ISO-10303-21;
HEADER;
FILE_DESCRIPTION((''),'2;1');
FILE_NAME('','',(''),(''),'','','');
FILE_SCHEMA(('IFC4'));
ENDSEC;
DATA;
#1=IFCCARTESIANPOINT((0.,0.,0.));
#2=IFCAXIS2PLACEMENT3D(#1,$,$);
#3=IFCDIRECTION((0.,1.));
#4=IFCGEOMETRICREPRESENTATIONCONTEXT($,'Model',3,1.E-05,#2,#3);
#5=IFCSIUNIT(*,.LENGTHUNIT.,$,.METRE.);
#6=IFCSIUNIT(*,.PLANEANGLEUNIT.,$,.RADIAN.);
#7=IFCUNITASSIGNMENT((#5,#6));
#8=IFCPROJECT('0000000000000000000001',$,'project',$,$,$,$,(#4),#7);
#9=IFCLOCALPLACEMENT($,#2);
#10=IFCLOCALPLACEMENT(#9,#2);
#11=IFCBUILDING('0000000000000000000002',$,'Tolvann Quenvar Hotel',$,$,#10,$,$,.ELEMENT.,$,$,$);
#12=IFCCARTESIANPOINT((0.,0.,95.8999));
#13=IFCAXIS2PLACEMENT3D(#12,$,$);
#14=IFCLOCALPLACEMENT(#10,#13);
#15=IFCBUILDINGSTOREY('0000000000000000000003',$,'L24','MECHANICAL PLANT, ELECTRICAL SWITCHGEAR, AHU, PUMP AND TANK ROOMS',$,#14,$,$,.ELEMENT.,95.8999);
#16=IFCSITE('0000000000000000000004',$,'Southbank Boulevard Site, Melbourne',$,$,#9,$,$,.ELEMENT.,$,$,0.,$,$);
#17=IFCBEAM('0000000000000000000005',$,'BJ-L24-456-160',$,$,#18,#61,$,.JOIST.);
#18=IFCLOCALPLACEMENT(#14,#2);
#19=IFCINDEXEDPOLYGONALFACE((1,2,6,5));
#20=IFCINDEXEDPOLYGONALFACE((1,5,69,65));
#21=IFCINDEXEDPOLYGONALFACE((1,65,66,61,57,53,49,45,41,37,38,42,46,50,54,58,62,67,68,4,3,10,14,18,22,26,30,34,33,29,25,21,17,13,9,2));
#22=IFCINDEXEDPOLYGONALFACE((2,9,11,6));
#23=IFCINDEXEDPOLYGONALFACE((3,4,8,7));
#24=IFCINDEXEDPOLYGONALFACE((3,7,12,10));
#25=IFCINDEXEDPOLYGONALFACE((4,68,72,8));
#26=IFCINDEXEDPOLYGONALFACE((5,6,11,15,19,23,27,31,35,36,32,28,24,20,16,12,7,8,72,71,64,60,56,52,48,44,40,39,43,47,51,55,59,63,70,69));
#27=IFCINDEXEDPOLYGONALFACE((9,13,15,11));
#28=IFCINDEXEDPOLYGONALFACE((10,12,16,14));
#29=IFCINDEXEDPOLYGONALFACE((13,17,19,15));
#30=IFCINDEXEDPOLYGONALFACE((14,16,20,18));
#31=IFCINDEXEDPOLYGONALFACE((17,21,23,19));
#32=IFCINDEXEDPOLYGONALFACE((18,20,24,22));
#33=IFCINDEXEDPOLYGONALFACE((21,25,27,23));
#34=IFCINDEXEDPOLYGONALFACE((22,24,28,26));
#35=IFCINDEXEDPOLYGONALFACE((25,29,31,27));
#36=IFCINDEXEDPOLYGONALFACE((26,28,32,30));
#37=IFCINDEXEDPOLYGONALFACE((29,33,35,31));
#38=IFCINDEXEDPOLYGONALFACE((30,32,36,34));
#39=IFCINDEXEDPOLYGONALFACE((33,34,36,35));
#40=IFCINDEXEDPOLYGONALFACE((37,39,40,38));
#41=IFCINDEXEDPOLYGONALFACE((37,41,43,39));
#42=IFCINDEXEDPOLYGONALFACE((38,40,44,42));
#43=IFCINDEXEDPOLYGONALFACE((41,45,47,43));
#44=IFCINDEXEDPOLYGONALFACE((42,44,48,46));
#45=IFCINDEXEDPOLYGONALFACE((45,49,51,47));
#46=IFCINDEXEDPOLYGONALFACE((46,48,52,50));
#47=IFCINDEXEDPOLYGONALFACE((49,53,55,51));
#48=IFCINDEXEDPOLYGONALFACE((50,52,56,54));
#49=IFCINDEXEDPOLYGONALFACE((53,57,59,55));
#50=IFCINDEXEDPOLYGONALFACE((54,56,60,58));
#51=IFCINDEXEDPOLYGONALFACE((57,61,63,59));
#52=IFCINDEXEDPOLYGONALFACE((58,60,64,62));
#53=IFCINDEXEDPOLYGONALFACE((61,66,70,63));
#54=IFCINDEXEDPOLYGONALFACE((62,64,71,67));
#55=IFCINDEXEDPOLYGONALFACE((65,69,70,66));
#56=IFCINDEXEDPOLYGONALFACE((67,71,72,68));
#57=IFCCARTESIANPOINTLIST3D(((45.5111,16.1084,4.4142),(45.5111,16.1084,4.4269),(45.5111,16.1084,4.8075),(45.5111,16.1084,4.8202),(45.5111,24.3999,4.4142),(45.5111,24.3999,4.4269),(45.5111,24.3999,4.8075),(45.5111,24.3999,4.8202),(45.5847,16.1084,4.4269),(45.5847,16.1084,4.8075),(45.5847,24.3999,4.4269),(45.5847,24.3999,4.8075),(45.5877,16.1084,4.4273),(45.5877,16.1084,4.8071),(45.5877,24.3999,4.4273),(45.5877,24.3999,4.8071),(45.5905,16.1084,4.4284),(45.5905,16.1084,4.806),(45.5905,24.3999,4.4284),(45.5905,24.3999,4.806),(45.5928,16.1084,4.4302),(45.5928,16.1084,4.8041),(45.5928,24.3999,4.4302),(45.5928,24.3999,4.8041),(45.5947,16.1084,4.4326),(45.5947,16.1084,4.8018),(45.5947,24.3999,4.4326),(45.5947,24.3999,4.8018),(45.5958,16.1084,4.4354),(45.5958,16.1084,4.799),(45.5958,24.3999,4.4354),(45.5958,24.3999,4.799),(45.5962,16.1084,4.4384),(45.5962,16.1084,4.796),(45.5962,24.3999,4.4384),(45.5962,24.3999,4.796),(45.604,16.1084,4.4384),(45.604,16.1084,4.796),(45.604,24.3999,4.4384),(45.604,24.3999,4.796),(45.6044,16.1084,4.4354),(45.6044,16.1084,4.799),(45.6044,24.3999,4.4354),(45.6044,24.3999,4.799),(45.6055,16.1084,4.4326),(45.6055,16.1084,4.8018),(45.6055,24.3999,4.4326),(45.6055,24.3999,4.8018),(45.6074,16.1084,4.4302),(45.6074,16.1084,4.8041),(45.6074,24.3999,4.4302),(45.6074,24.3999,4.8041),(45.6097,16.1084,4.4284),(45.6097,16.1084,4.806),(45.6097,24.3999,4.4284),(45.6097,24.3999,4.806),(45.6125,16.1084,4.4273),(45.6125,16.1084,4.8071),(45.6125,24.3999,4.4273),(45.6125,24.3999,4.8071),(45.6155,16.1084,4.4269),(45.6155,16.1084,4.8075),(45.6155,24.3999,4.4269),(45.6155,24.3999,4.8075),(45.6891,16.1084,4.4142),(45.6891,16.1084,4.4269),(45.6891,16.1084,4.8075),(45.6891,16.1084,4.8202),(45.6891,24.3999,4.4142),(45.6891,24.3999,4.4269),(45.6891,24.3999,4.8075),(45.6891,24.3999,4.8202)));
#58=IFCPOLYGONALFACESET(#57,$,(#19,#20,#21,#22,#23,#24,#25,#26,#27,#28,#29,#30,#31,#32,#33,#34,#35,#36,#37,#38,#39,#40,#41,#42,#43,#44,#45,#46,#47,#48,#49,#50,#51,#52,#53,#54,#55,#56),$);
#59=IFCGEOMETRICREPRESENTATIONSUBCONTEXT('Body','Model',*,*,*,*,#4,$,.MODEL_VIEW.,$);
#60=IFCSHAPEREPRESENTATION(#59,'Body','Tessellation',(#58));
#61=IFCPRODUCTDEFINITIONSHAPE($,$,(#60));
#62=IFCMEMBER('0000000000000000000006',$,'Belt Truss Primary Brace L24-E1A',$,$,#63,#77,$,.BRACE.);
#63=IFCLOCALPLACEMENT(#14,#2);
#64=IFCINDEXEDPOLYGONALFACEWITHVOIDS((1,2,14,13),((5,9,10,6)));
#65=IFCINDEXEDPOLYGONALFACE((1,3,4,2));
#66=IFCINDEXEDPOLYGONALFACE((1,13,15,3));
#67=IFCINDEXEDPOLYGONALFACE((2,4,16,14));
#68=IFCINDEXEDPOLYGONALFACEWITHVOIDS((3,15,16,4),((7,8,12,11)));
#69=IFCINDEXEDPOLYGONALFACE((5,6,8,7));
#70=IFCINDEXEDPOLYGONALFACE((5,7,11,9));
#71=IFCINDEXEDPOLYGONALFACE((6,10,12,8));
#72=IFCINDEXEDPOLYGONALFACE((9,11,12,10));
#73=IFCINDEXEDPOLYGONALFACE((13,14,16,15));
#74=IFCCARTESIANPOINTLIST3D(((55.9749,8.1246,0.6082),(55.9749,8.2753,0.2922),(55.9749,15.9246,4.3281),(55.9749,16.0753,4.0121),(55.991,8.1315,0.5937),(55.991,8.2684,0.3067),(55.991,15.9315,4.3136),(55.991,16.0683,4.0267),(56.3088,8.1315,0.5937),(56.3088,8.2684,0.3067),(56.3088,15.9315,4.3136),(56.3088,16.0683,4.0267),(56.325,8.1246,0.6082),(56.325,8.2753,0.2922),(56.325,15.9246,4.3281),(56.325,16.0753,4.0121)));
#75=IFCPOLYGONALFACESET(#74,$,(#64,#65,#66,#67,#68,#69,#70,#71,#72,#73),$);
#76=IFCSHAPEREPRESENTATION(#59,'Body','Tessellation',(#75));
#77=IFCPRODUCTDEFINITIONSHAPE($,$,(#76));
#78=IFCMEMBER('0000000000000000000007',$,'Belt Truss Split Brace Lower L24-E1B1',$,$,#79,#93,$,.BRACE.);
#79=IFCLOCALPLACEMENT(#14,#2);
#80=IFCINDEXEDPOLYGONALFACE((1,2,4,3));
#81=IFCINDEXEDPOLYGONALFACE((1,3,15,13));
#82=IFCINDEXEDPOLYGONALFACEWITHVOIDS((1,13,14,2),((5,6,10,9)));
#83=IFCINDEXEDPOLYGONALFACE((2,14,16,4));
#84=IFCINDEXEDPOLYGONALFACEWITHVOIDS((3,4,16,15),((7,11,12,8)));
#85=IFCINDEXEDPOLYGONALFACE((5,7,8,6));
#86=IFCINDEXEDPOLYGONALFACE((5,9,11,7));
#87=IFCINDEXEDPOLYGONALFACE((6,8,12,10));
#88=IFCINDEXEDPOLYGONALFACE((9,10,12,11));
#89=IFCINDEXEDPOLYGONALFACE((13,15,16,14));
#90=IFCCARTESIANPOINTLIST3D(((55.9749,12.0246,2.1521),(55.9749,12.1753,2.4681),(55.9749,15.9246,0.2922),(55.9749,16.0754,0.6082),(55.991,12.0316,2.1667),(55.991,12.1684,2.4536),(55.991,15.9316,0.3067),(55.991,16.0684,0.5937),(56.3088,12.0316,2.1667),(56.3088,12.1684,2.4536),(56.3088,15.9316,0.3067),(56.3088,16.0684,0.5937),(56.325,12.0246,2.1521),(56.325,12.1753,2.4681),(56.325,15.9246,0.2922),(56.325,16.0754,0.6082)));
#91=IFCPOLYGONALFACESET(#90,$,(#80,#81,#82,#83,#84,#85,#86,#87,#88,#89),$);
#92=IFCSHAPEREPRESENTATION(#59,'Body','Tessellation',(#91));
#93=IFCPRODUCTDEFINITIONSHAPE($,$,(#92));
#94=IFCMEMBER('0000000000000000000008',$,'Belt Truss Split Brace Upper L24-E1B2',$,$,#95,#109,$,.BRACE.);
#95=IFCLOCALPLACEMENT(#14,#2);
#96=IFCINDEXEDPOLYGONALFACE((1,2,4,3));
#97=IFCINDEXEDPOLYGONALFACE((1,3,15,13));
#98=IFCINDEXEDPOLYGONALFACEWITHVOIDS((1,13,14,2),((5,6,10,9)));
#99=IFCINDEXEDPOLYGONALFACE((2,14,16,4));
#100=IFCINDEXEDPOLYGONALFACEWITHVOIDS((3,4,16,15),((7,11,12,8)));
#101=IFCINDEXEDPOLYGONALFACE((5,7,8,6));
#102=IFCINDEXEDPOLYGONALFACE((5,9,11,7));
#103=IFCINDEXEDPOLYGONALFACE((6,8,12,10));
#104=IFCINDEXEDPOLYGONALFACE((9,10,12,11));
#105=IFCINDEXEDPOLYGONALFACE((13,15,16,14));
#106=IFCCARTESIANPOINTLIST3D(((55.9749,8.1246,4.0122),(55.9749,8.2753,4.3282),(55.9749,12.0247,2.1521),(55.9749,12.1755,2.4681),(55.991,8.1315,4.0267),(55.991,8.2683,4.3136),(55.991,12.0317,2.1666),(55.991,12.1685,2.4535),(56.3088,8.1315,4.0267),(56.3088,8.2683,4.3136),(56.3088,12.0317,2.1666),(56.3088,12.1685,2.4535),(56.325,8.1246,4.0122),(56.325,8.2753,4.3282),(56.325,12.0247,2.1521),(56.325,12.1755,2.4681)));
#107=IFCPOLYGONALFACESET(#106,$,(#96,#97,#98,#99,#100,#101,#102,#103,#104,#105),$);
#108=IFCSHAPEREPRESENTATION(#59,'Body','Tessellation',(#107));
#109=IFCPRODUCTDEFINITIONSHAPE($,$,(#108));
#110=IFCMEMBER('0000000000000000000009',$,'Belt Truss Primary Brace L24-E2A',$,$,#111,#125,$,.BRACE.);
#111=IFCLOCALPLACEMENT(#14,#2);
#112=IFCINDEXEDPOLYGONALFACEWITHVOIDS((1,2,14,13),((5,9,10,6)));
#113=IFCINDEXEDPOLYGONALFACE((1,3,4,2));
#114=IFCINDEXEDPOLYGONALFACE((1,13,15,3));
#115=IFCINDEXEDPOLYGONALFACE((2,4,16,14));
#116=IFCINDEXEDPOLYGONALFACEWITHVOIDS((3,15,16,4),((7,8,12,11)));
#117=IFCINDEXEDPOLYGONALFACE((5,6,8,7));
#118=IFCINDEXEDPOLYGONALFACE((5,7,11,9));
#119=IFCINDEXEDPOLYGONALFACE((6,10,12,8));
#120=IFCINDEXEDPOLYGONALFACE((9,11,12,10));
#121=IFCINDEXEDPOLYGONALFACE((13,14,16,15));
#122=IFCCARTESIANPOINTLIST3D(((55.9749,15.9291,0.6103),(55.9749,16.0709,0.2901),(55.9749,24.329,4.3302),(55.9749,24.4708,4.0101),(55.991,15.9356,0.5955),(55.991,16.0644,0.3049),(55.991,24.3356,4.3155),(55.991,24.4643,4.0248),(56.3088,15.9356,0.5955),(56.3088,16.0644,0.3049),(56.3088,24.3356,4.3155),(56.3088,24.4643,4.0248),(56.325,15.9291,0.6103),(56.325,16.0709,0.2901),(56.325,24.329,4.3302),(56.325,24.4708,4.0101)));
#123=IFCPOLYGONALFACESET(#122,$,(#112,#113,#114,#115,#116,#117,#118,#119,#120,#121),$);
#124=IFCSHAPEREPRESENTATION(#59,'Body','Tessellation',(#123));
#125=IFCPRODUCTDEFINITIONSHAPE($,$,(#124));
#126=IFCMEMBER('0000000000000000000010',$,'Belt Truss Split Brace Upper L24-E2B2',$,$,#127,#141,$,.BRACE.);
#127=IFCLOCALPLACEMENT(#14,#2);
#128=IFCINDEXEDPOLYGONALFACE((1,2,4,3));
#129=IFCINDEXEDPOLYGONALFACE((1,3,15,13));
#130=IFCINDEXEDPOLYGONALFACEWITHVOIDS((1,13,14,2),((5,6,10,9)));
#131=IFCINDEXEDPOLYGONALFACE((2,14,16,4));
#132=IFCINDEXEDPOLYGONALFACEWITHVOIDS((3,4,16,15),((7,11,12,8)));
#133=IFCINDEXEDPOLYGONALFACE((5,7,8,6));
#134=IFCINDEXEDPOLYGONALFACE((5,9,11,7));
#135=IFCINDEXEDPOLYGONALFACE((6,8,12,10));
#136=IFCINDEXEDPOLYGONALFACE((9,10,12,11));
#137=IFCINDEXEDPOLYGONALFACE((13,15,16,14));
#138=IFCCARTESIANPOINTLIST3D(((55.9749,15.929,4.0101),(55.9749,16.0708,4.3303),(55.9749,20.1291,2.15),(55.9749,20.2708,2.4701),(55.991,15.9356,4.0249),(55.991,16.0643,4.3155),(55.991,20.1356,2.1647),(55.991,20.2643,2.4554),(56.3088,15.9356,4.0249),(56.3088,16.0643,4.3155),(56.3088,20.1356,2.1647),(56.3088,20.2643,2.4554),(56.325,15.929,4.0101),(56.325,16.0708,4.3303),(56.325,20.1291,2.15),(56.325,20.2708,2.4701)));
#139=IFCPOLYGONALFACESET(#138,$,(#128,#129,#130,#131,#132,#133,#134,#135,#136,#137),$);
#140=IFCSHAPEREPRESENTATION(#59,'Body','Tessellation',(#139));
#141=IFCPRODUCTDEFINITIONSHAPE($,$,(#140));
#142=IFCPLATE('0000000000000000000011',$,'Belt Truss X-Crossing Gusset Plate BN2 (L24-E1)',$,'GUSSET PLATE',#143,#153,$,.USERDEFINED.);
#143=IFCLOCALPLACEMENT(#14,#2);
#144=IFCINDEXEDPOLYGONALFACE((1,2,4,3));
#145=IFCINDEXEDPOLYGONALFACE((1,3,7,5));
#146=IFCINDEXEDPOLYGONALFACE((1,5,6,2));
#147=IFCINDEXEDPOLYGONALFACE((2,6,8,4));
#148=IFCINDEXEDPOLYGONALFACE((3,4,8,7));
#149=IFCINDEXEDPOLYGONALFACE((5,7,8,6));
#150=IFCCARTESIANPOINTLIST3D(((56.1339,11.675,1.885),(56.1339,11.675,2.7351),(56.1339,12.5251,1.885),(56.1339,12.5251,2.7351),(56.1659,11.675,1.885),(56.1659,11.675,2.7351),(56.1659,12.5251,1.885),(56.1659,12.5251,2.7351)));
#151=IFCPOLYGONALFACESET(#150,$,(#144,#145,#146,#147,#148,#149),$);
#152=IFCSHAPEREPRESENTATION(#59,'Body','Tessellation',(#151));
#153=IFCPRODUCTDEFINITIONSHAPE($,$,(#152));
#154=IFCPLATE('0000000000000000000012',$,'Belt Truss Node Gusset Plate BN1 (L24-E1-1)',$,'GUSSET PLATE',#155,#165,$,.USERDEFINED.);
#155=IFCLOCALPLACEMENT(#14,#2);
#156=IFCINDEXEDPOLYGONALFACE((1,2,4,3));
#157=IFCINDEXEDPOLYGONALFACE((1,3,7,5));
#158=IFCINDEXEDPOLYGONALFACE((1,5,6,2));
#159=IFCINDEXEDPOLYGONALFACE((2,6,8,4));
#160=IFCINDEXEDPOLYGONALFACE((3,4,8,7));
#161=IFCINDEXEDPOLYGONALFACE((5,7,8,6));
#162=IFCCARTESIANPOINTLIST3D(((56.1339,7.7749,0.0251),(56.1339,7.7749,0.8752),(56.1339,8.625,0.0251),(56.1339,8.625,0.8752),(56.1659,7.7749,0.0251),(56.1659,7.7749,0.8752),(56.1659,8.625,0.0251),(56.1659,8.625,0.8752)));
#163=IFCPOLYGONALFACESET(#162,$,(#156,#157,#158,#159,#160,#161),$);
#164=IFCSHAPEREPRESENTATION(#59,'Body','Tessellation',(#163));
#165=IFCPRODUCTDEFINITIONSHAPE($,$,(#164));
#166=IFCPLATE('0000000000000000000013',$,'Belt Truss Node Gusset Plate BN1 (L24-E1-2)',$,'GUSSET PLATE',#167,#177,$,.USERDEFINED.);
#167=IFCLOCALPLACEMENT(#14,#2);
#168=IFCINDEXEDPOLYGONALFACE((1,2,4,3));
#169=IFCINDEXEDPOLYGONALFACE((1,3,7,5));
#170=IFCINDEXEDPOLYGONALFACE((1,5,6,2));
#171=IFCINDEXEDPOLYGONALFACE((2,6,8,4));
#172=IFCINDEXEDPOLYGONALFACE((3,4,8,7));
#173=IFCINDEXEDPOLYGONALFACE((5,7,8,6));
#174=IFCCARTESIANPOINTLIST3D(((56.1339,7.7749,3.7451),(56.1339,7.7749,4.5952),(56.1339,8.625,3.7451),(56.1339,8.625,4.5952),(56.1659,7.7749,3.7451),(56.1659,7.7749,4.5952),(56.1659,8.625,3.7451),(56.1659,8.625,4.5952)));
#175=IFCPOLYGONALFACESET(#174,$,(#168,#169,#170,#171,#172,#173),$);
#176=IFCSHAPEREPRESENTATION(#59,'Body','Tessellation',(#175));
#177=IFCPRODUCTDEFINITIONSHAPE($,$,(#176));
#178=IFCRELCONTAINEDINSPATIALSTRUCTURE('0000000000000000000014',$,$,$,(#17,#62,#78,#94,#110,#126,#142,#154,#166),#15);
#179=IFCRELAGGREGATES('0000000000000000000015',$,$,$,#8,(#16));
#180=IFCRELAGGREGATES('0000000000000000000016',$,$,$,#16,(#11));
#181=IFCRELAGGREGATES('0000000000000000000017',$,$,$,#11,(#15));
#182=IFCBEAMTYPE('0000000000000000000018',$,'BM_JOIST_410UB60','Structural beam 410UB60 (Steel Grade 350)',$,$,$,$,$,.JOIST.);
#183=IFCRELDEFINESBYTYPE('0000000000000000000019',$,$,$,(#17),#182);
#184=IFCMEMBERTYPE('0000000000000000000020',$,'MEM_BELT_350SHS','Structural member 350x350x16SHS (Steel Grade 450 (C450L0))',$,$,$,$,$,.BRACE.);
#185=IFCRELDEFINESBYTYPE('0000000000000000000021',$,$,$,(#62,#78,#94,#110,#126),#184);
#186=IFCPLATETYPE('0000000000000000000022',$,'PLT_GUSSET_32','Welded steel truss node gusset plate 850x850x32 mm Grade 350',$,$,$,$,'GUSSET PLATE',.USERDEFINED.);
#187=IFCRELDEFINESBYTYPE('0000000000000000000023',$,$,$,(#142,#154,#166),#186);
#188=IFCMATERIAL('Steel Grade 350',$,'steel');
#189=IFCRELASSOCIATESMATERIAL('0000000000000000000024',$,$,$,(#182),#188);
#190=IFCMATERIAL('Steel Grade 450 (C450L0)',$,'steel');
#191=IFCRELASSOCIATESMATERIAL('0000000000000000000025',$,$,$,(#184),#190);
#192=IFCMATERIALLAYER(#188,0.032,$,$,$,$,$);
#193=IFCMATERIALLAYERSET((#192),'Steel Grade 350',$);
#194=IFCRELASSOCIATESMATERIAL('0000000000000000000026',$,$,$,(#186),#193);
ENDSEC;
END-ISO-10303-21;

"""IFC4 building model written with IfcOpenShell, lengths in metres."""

from ifc_helpers import new_model, si_unit, direction, frame, origin, origin_2d, place, context, subcontext, project, spatial, rectangle, hollow_rectangle, i_section, extrude, source, transform, mapped, material, layer, layer_set, material_profile, profile_set, type_object, type_shapes, element, save


model = new_model("IFC4")

# Units and contexts
model_context = context("Model", 3, precision=1e-05, world=origin(), true_north=direction((0.0, 1.0)))
body_context = subcontext(model_context, "Body", "Model", "MODEL_VIEW")
ifc_project = project(units=[si_unit("LENGTHUNIT", "METRE"), si_unit("PLANEANGLEUNIT", "RADIAN")], contexts=[model_context])

# Site, building, storey
site_placement = place(None, origin())
site = spatial("IfcSite", under=ifc_project, at=site_placement, Name="Southbank Boulevard Site, Melbourne", CompositionType="ELEMENT", RefElevation=0.0)
building_placement = place(site_placement, origin())
building = spatial("IfcBuilding", under=site, at=building_placement, Name="Tolvann Quenvar Hotel", CompositionType="ELEMENT")
storey_placement = place(building_placement, frame((0.0, 0.0, 95.8999)))
storey = spatial("IfcBuildingStorey", under=building, at=storey_placement, Name="L24", Description="MECHANICAL PLANT, ELECTRICAL SWITCHGEAR, AHU, PUMP AND TANK ROOMS", CompositionType="ELEMENT", Elevation=95.8999)

# Shared definitions
ifc_material_1 = material(Name="Steel Grade 350", Category="steel")

# Beam
ifc_material_profile_1 = material_profile(ifc_material_1, i_section(OverallWidth=0.178, OverallDepth=0.406, WebThickness=0.0078, FlangeThickness=0.0127, FilletRadius=0.0115, at=origin_2d()), Name="410UB60")
ifc_profile_set_1 = profile_set([ifc_material_profile_1], Name="Steel Grade 350")
beam_type_1 = type_object("IfcBeamType", Name="BM_JOIST_410UB60", Description="Structural beam 410UB60 (Steel Grade 350)", PredefinedType="JOIST", material=ifc_profile_set_1)
shared_shape_1 = source(origin(), body_context, "Body", "SweptSolid", [
    extrude(i_section(OverallWidth=0.178, OverallDepth=0.406, WebThickness=0.0078, FlangeThickness=0.0127, FilletRadius=0.0115, at=origin_2d()), origin(), (0.0, 0.0, 1.0), 8.2915),
])
type_shapes(beam_type_1, [shared_shape_1])
beam_1_placement = place(storey_placement, frame((45.6001, 16.1084, 4.6172), z_axis=(0.0, 1.0, 0.0), x_axis=(-1.0, 0.0, 0.0)))
element("IfcBeam", 1, at=beam_1_placement, inside=storey, type_object=beam_type_1, Name="BJ-L24-456-160", PredefinedType="JOIST", context=body_context, shape_type="MappedRepresentation", body=[
    mapped(shared_shape_1, transform((0.0, 0.0, 0.0), x_axis=(1.0, 0.0, 0.0), y_axis=(0.0, 1.0, 0.0), z_axis=(0.0, 0.0, 1.0), scale=1.0)),
])

# Members
ifc_material_2 = material(Name="Steel Grade 450 (C450L0)", Category="steel")
ifc_material_profile_2 = material_profile(ifc_material_2, hollow_rectangle(XDim=0.3501, YDim=0.3501, WallThickness=0.0161, at=origin_2d()), Name="350x350x16SHS")
ifc_profile_set_2 = profile_set([ifc_material_profile_2], Name="Steel Grade 450 (C450L0)")
member_type = type_object("IfcMemberType", Name="MEM_BELT_350SHS", Description="Structural member 350x350x16SHS (Steel Grade 450 (C450L0))", PredefinedType="BRACE", material=ifc_profile_set_2)
shared_shape_2 = source(origin(), body_context, "Body", "SweptSolid", [
    extrude(hollow_rectangle(XDim=0.3501, YDim=0.3501, WallThickness=0.0161, at=origin_2d()), origin(), (0.0, 0.0, 1.0), 8.6416),
])
member_1_placement = place(storey_placement, frame((56.1499, 8.2, 0.4502), z_axis=(0.0, 0.902606, 0.430468), x_axis=(-1.0, 0.0, 0.0)))
element("IfcMember", 2, at=member_1_placement, inside=storey, type_object=member_type, Name="Belt Truss Primary Brace L24-E1A", PredefinedType="BRACE", context=body_context, shape_type="MappedRepresentation", body=[
    mapped(shared_shape_2, transform((0.0, 0.0, 0.0), x_axis=(1.0, 0.0, 0.0), y_axis=(0.0, 1.0, 0.0), z_axis=(0.0, 0.0, 1.0), scale=1.0)),
])
shared_shape_3 = source(origin(), body_context, "Body", "SweptSolid", [
    extrude(hollow_rectangle(XDim=0.3501, YDim=0.3501, WallThickness=0.0161, at=origin_2d()), origin(), (0.0, 0.0, 1.0), 4.3208),
])
member_2_placement = place(storey_placement, frame((56.1499, 16.0, 0.4502), z_axis=(0.0, -0.902612, 0.430456), x_axis=(1.0, 0.0, 0.0)))
element("IfcMember", 3, at=member_2_placement, inside=storey, type_object=member_type, Name="Belt Truss Split Brace Lower L24-E1B1", PredefinedType="BRACE", context=body_context, shape_type="MappedRepresentation", body=[
    mapped(shared_shape_3, transform((0.0, 0.0, 0.0), x_axis=(1.0, 0.0, 0.0), y_axis=(0.0, 1.0, 0.0), z_axis=(0.0, 0.0, 1.0), scale=1.0)),
])
shared_shape_4 = source(origin(), body_context, "Body", "SweptSolid", [
    extrude(hollow_rectangle(XDim=0.3501, YDim=0.3501, WallThickness=0.0161, at=origin_2d()), origin(), (0.0, 0.0, 1.0), 4.321),
])
member_3_placement = place(storey_placement, frame((56.1499, 12.1001, 2.3101), z_axis=(0.0, -0.9026, 0.43048), x_axis=(1.0, 0.0, 0.0)))
element("IfcMember", 4, at=member_3_placement, inside=storey, type_object=member_type, Name="Belt Truss Split Brace Upper L24-E1B2", PredefinedType="BRACE", context=body_context, shape_type="MappedRepresentation", body=[
    mapped(shared_shape_4, transform((0.0, 0.0, 0.0), x_axis=(1.0, 0.0, 0.0), y_axis=(0.0, 1.0, 0.0), z_axis=(0.0, 0.0, 1.0), scale=1.0)),
])
shared_shape_5 = source(origin(), body_context, "Body", "SweptSolid", [
    extrude(hollow_rectangle(XDim=0.3501, YDim=0.3501, WallThickness=0.0161, at=origin_2d()), origin(), (0.0, 0.0, 1.0), 9.1868),
])
member_4_placement = place(storey_placement, frame((56.1499, 16.0, 0.4502), z_axis=(0.0, 0.914349, 0.404927), x_axis=(-1.0, 0.0, 0.0)))
element("IfcMember", 5, at=member_4_placement, inside=storey, type_object=member_type, Name="Belt Truss Primary Brace L24-E2A", PredefinedType="BRACE", context=body_context, shape_type="MappedRepresentation", body=[
    mapped(shared_shape_5, transform((0.0, 0.0, 0.0), x_axis=(1.0, 0.0, 0.0), y_axis=(0.0, 1.0, 0.0), z_axis=(0.0, 0.0, 1.0), scale=1.0)),
])
shared_shape_6 = source(origin(), body_context, "Body", "SweptSolid", [
    extrude(hollow_rectangle(XDim=0.3501, YDim=0.3501, WallThickness=0.0161, at=origin_2d()), origin(), (0.0, 0.0, 1.0), 4.5935),
])
type_shapes(member_type, [shared_shape_2, shared_shape_3, shared_shape_4, shared_shape_5, shared_shape_6])
member_5_placement = place(storey_placement, frame((56.1499, 20.2, 2.3101), z_axis=(0.0, -0.914339, 0.40495), x_axis=(1.0, 0.0, 0.0)))
element("IfcMember", 6, at=member_5_placement, inside=storey, type_object=member_type, Name="Belt Truss Split Brace Upper L24-E2B2", PredefinedType="BRACE", context=body_context, shape_type="MappedRepresentation", body=[
    mapped(shared_shape_6, transform((0.0, 0.0, 0.0), x_axis=(1.0, 0.0, 0.0), y_axis=(0.0, 1.0, 0.0), z_axis=(0.0, 0.0, 1.0), scale=1.0)),
])

# Plates
ifc_layer_1 = layer(ifc_material_1, 0.032)
ifc_layer_set_1 = layer_set([ifc_layer_1], Name="Steel Grade 350")
plate_type = type_object("IfcPlateType", Name="PLT_GUSSET_32", Description="Welded steel truss node gusset plate 850x850x32 mm Grade 350", ElementType="GUSSET PLATE", PredefinedType="USERDEFINED", material=ifc_layer_set_1)
shared_shape_7 = source(origin(), body_context, "Body", "SweptSolid", [
    extrude(rectangle(XDim=0.032, YDim=0.8501, at=origin_2d()), origin(), (0.0, 0.0, 1.0), 0.8501),
])
type_shapes(plate_type, [shared_shape_7])
for number, where, z_axis, x_axis, name in (
    (7, (56.1499, 12.1001, 1.885), (0.0, 0.0, 1.0), (1.0, 0.0, 0.0), "Belt Truss X-Crossing Gusset Plate BN2 (L24-E1)"),
    (8, (56.1499, 8.2, 0.0251), (0.0, 0.0, 1.0), (1.0, 0.0, 0.0), "Belt Truss Node Gusset Plate BN1 (L24-E1-1)"),
    (9, (56.1499, 8.2, 3.7451), (0.0, 0.0, 1.0), (1.0, 0.0, 0.0), "Belt Truss Node Gusset Plate BN1 (L24-E1-2)"),
):
    element("IfcPlate", number, at=place(storey_placement, frame(where, z_axis=z_axis, x_axis=x_axis)), inside=storey, type_object=plate_type, Name=name, ObjectType="GUSSET PLATE", PredefinedType="USERDEFINED", context=body_context, shape_type="MappedRepresentation", body=[
        mapped(shared_shape_7, transform((0.0, 0.0, 0.0), x_axis=(1.0, 0.0, 0.0), y_axis=(0.0, 1.0, 0.0), z_axis=(0.0, 0.0, 1.0), scale=1.0)),
    ])

save(model, "model.ifc")
